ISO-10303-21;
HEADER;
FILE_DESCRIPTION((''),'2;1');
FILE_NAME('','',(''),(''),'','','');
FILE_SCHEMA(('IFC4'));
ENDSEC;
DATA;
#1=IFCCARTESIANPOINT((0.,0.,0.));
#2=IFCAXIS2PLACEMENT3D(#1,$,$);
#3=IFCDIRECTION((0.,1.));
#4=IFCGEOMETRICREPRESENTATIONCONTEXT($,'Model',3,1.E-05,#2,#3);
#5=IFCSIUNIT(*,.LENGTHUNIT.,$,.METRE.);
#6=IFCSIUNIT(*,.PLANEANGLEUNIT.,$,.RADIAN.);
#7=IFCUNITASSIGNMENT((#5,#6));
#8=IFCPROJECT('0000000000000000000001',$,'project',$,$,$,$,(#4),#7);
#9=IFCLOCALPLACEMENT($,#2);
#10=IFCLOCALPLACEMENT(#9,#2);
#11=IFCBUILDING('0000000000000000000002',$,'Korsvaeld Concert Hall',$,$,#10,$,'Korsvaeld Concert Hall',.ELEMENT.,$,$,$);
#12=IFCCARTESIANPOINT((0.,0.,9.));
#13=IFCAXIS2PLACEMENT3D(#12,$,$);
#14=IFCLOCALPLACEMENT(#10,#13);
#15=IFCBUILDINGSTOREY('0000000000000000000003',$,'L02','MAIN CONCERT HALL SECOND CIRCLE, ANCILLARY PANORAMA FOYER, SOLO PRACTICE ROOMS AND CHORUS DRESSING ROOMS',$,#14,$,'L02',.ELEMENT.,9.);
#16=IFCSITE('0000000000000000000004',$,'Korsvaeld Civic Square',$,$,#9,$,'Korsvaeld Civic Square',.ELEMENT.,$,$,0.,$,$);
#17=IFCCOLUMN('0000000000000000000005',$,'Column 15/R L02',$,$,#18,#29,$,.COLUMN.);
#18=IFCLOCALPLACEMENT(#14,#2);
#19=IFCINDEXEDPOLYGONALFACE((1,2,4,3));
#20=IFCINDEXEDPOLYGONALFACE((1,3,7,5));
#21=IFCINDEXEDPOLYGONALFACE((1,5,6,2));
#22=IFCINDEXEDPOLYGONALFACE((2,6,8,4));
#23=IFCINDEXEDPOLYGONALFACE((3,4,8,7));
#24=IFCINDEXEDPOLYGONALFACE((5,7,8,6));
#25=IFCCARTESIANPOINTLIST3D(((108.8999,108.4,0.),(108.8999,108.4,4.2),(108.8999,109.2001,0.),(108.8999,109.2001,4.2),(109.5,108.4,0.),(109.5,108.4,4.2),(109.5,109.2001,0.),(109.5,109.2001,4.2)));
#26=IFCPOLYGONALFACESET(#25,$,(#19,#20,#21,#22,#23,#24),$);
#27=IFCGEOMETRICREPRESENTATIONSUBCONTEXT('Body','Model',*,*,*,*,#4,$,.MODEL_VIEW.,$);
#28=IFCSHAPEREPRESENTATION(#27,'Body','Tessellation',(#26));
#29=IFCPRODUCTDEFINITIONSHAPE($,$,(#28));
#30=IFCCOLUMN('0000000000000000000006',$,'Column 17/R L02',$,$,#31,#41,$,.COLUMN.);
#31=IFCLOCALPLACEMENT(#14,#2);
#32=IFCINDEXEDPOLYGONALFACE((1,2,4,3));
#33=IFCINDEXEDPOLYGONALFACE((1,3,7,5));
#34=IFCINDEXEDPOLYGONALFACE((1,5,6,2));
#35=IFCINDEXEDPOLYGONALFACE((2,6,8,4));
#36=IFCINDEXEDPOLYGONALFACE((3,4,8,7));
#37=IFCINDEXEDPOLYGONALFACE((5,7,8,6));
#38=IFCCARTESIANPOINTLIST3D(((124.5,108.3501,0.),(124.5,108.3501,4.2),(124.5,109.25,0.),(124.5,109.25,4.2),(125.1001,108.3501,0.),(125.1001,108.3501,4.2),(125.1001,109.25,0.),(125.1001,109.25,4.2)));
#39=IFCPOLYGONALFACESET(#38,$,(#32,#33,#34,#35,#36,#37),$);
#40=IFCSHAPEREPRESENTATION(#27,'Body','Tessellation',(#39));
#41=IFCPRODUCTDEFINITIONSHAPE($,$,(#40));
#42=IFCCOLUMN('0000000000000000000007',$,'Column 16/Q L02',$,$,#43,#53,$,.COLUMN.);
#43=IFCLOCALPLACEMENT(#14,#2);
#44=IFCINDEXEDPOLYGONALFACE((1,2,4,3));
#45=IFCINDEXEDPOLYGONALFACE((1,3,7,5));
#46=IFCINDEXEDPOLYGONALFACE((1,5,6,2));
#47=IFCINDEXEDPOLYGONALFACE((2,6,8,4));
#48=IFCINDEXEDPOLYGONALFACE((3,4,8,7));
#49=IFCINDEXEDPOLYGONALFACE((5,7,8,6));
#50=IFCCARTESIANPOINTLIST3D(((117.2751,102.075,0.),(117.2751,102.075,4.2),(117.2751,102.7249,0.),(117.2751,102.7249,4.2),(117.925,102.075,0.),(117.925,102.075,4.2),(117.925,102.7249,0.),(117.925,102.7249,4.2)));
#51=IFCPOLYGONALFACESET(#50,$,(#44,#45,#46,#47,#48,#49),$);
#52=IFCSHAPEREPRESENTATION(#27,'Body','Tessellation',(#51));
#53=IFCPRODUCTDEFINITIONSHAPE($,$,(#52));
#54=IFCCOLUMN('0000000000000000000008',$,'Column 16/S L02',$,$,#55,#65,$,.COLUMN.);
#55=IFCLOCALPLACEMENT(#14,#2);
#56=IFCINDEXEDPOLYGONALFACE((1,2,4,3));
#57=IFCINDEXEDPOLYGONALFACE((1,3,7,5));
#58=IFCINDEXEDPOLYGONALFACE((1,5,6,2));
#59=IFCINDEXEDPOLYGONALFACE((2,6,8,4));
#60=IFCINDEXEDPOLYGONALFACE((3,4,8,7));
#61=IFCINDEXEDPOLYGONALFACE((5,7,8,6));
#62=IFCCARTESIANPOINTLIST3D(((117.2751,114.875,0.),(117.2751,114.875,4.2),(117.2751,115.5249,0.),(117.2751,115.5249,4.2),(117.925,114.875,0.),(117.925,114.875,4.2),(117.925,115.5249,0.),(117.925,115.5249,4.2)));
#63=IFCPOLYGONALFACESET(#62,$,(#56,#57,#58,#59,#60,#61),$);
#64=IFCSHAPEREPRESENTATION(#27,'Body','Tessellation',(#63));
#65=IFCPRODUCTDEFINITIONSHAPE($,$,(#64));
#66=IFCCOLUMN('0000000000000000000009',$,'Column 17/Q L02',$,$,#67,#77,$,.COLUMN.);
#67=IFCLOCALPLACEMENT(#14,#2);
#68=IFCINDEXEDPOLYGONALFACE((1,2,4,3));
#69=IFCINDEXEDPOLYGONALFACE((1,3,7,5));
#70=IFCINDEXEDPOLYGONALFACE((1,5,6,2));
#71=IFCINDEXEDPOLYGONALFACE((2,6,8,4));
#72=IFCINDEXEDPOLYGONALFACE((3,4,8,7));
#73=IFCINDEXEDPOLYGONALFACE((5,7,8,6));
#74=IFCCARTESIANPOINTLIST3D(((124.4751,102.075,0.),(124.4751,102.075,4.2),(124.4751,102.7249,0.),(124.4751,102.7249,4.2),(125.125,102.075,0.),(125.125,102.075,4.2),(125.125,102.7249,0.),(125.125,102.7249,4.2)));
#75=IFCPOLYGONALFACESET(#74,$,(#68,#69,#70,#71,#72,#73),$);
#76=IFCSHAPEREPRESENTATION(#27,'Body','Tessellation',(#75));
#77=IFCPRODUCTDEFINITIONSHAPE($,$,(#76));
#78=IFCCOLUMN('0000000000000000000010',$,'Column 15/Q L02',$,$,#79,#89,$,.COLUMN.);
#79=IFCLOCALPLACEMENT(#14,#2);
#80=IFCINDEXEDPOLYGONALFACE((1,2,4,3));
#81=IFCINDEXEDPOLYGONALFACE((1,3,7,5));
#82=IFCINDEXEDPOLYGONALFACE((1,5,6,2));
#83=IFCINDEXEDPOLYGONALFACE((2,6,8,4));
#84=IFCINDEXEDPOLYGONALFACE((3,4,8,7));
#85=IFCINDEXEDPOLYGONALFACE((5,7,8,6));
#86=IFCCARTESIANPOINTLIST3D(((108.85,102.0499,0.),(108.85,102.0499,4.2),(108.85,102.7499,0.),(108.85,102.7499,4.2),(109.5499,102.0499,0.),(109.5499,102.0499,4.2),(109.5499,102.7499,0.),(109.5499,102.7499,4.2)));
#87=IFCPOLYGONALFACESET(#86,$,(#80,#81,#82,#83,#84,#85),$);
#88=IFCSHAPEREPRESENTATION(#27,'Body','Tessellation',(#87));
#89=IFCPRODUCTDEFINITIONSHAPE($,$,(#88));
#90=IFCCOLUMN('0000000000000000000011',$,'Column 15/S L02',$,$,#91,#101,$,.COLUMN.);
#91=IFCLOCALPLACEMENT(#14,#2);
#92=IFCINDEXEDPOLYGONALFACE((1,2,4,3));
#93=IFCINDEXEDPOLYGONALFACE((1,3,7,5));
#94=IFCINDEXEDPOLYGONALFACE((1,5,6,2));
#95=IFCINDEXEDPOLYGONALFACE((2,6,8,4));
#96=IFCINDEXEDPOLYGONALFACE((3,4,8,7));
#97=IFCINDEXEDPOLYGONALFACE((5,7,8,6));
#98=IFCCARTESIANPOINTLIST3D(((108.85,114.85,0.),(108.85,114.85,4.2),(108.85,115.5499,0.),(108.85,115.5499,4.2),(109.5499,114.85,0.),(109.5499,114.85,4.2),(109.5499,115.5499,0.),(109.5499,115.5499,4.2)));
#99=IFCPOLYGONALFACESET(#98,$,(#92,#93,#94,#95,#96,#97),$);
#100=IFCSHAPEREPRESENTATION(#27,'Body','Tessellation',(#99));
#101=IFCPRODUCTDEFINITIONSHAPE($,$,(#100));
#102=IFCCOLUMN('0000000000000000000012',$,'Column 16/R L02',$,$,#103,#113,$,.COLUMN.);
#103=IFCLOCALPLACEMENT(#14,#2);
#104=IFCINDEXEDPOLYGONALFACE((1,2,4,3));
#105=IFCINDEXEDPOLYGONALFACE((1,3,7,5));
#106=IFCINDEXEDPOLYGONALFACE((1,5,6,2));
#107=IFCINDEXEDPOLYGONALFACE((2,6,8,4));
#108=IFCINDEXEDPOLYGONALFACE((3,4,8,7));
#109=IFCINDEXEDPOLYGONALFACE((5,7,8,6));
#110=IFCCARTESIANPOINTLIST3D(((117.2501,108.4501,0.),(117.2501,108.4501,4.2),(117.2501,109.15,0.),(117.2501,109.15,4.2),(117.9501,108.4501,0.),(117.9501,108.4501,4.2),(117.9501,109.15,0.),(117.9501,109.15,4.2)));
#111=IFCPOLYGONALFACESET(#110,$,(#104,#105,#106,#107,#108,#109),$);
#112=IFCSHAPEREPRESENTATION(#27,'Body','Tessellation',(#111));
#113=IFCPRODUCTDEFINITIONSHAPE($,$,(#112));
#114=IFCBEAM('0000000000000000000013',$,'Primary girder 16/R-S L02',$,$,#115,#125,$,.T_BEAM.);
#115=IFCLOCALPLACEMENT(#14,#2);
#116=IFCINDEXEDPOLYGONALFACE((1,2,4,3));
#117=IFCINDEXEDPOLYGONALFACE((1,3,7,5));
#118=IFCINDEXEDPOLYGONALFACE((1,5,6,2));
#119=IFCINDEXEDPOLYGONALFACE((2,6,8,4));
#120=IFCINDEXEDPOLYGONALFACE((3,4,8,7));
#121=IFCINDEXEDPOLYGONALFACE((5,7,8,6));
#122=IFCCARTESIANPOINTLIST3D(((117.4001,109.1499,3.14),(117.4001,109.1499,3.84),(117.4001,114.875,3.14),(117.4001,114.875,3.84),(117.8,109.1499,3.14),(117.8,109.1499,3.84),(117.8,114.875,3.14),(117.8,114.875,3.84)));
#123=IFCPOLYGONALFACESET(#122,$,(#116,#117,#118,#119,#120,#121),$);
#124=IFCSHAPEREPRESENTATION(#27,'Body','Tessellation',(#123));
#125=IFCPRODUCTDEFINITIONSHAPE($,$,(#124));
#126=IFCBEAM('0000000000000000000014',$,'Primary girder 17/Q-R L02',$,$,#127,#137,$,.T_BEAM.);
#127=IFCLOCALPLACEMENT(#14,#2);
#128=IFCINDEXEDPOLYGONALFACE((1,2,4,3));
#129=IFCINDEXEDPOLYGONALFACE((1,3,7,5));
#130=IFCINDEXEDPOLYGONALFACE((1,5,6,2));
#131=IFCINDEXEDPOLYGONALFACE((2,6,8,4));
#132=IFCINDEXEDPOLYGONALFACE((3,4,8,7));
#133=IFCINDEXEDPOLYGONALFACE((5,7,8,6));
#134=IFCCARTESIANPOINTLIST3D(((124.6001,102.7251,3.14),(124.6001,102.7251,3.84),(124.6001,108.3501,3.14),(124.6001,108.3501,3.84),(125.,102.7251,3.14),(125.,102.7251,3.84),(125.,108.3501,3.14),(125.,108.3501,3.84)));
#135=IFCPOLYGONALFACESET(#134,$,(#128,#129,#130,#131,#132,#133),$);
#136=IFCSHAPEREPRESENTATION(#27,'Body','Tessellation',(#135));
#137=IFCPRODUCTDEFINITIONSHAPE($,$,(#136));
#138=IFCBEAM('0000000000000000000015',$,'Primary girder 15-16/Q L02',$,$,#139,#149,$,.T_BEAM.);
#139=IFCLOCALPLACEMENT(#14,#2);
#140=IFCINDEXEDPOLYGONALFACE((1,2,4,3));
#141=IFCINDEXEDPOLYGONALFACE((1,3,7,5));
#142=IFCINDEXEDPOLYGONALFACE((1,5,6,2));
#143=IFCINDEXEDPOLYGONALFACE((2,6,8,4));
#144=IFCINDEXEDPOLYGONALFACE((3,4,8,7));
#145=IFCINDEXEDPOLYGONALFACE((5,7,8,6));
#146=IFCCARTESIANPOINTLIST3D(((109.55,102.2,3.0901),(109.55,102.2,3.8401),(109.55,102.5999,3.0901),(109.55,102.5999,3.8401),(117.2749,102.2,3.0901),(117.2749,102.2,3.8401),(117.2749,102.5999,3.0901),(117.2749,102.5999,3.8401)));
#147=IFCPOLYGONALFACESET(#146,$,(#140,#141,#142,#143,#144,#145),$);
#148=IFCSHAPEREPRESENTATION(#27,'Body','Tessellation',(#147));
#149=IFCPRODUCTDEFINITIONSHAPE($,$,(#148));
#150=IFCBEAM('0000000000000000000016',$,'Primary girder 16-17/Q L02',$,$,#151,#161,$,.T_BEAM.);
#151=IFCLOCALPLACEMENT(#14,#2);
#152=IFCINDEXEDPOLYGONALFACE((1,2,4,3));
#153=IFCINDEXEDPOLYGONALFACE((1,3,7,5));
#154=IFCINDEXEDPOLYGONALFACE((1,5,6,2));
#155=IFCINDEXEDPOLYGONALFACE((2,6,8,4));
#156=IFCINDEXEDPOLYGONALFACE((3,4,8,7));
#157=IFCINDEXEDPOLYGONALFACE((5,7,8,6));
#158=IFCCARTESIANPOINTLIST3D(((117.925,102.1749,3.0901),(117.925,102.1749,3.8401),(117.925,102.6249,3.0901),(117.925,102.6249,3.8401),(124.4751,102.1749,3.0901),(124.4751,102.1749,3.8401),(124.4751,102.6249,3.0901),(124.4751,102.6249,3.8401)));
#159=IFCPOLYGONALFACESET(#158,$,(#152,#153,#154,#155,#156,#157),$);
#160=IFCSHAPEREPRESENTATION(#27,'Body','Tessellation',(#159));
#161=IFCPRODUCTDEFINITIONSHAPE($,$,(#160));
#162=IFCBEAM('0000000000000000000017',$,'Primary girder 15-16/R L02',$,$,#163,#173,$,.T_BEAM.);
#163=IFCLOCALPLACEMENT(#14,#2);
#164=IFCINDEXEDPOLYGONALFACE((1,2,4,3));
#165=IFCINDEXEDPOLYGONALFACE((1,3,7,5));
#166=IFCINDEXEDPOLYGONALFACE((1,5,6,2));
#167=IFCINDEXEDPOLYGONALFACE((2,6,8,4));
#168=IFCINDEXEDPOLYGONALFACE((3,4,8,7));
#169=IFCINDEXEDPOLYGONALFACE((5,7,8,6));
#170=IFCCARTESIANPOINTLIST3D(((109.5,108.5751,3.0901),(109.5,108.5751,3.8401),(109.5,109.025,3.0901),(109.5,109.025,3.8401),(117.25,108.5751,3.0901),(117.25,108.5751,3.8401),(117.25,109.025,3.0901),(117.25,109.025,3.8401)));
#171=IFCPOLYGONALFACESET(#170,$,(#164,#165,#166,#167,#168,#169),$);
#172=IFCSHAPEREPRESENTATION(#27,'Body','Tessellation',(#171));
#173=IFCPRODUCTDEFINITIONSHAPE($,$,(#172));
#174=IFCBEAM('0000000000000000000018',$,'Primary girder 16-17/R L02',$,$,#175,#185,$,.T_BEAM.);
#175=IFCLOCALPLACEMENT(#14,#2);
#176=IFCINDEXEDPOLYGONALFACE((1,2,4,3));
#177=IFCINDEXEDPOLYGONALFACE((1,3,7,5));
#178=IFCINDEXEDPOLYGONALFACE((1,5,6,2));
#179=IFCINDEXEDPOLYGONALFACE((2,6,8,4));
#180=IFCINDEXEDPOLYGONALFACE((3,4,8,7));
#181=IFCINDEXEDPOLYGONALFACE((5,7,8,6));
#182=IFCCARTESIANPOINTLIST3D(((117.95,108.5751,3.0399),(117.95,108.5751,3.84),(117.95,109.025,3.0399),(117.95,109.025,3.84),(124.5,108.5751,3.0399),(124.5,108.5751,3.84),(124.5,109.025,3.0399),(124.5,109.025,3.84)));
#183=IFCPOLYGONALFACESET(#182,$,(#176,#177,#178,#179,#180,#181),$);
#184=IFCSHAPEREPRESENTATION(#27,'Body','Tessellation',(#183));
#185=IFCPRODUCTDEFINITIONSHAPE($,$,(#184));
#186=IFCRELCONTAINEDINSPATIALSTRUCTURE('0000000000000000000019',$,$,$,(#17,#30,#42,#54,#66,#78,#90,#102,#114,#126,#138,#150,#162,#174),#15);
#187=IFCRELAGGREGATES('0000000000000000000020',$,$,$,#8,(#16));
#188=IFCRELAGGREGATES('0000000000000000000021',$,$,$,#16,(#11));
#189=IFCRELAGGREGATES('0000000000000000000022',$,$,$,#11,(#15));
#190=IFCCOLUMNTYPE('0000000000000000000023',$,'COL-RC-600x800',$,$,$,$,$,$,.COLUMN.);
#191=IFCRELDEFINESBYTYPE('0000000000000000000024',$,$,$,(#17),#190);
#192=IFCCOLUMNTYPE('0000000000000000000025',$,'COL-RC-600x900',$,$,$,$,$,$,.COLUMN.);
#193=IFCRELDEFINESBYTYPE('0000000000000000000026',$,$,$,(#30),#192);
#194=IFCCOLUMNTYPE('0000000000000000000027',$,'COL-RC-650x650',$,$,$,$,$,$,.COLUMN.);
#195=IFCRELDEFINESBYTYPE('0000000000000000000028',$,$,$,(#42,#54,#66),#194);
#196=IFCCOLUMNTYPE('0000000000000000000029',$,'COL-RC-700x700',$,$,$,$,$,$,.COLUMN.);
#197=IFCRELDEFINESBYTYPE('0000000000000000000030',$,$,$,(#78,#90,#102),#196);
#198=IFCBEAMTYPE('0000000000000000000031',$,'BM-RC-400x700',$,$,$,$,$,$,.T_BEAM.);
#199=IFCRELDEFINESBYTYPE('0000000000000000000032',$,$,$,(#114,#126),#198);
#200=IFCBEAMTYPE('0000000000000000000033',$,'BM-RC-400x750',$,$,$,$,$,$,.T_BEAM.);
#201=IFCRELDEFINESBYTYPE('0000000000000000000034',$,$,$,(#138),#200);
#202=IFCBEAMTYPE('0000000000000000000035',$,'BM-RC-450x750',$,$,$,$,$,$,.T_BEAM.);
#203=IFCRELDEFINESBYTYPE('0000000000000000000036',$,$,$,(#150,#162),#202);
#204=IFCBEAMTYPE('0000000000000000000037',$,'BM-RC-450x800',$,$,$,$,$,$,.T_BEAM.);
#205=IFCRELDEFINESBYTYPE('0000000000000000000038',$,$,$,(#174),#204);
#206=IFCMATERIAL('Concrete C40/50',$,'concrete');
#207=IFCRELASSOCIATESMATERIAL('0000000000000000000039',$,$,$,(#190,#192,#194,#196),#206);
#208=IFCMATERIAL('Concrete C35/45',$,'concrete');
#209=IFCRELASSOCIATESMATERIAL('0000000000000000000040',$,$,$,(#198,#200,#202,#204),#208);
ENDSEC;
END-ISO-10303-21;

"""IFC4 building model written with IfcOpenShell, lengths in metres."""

from ifc_helpers import new_model, si_unit, direction, frame, origin, origin_2d, place, context, subcontext, project, spatial, rectangle, extrude, material, material_profile, profile_set, type_object, element, save


model = new_model("IFC4")

# Units and contexts
model_context = context("Model", 3, precision=1e-05, world=origin(), true_north=direction((0.0, 1.0)))
body_context = subcontext(model_context, "Body", "Model", "MODEL_VIEW")
ifc_project = project(units=[si_unit("LENGTHUNIT", "METRE"), si_unit("PLANEANGLEUNIT", "RADIAN")], contexts=[model_context])

# Site, building, storey
site_placement = place(None, origin())
site = spatial("IfcSite", under=ifc_project, at=site_placement, Name="Korsvaeld Civic Square", LongName="Korsvaeld Civic Square", CompositionType="ELEMENT", RefElevation=0.0)
building_placement = place(site_placement, origin())
building = spatial("IfcBuilding", under=site, at=building_placement, Name="Korsvaeld Concert Hall", LongName="Korsvaeld Concert Hall", CompositionType="ELEMENT")
storey_placement = place(building_placement, frame((0.0, 0.0, 9.0)))
storey = spatial("IfcBuildingStorey", under=building, at=storey_placement, Name="L02", Description="MAIN CONCERT HALL SECOND CIRCLE, ANCILLARY PANORAMA FOYER, SOLO PRACTICE ROOMS AND CHORUS DRESSING ROOMS", LongName="L02", CompositionType="ELEMENT", Elevation=9.0)

# Columns
ifc_material_1 = material(Name="Concrete C40/50", Category="concrete")
ifc_material_profile_1 = material_profile(ifc_material_1, rectangle(XDim=0.6001, YDim=0.8, at=origin_2d()), Name="RC 600x800")
ifc_profile_set_1 = profile_set([ifc_material_profile_1], Name="Concrete C40/50")
column_type_1 = type_object("IfcColumnType", Name="COL-RC-600x800", PredefinedType="COLUMN", material=ifc_profile_set_1)
column_1_placement = place(storey_placement, frame((109.2, 108.8, 0.0), z_axis=(0.0, 0.0, 1.0), x_axis=(1.0, 0.0, 0.0)))
element("IfcColumn", 1, at=column_1_placement, inside=storey, type_object=column_type_1, Name="Column 15/R L02", PredefinedType="COLUMN", context=body_context, shape_type="SweptSolid", body=[
    extrude(rectangle(XDim=0.6001, YDim=0.8, at=origin_2d()), origin(), (0.0, 0.0, 1.0), 4.2),
])
ifc_material_profile_2 = material_profile(ifc_material_1, rectangle(XDim=0.6001, YDim=0.8999, at=origin_2d()), Name="RC 600x900")
ifc_profile_set_2 = profile_set([ifc_material_profile_2], Name="Concrete C40/50")
column_type_2 = type_object("IfcColumnType", Name="COL-RC-600x900", PredefinedType="COLUMN", material=ifc_profile_set_2)
column_2_placement = place(storey_placement, frame((124.8, 108.8, 0.0), z_axis=(0.0, 0.0, 1.0), x_axis=(1.0, 0.0, 0.0)))
element("IfcColumn", 2, at=column_2_placement, inside=storey, type_object=column_type_2, Name="Column 17/R L02", PredefinedType="COLUMN", context=body_context, shape_type="SweptSolid", body=[
    extrude(rectangle(XDim=0.6001, YDim=0.8999, at=origin_2d()), origin(), (0.0, 0.0, 1.0), 4.2),
])
ifc_material_profile_3 = material_profile(ifc_material_1, rectangle(XDim=0.6499, YDim=0.6499, at=origin_2d()), Name="RC 650x650")
ifc_profile_set_3 = profile_set([ifc_material_profile_3], Name="Concrete C40/50")
column_type_3 = type_object("IfcColumnType", Name="COL-RC-650x650", PredefinedType="COLUMN", material=ifc_profile_set_3)
for number, where, z_axis, x_axis, name in (
    (3, (117.6001, 102.3999, 0.0), (0.0, 0.0, 1.0), (1.0, 0.0, 0.0), "Column 16/Q L02"),
    (4, (117.6001, 115.2, 0.0), (0.0, 0.0, 1.0), (1.0, 0.0, 0.0), "Column 16/S L02"),
    (5, (124.8, 102.3999, 0.0), (0.0, 0.0, 1.0), (1.0, 0.0, 0.0), "Column 17/Q L02"),
):
    element("IfcColumn", number, at=place(storey_placement, frame(where, z_axis=z_axis, x_axis=x_axis)), inside=storey, type_object=column_type_3, Name=name, PredefinedType="COLUMN", context=body_context, shape_type="SweptSolid", body=[
        extrude(rectangle(XDim=0.6499, YDim=0.6499, at=origin_2d()), origin(), (0.0, 0.0, 1.0), 4.2),
    ])
ifc_material_profile_4 = material_profile(ifc_material_1, rectangle(XDim=0.7, YDim=0.7, at=origin_2d()), Name="RC 700x700")
ifc_profile_set_4 = profile_set([ifc_material_profile_4], Name="Concrete C40/50")
column_type_4 = type_object("IfcColumnType", Name="COL-RC-700x700", PredefinedType="COLUMN", material=ifc_profile_set_4)
for number, where, z_axis, x_axis, name in (
    (6, (109.2, 102.3999, 0.0), (0.0, 0.0, 1.0), (1.0, 0.0, 0.0), "Column 15/Q L02"),
    (7, (109.2, 115.2, 0.0), (0.0, 0.0, 1.0), (1.0, 0.0, 0.0), "Column 15/S L02"),
    (8, (117.6001, 108.8, 0.0), (0.0, 0.0, 1.0), (1.0, 0.0, 0.0), "Column 16/R L02"),
):
    element("IfcColumn", number, at=place(storey_placement, frame(where, z_axis=z_axis, x_axis=x_axis)), inside=storey, type_object=column_type_4, Name=name, PredefinedType="COLUMN", context=body_context, shape_type="SweptSolid", body=[
        extrude(rectangle(XDim=0.7, YDim=0.7, at=origin_2d()), origin(), (0.0, 0.0, 1.0), 4.2),
    ])

# Beams
ifc_material_2 = material(Name="Concrete C35/45", Category="concrete")
ifc_material_profile_5 = material_profile(ifc_material_2, rectangle(XDim=0.3999, YDim=0.7, at=origin_2d()), Name="RC 400x700")
ifc_profile_set_5 = profile_set([ifc_material_profile_5], Name="Concrete C35/45")
beam_type_1 = type_object("IfcBeamType", Name="BM-RC-400x700", PredefinedType="T_BEAM", material=ifc_profile_set_5)
beam_1_placement = place(storey_placement, frame((117.6001, 109.1499, 3.49), z_axis=(0.0, 1.0, 0.0), x_axis=(-1.0, 0.0, 0.0)))
element("IfcBeam", 9, at=beam_1_placement, inside=storey, type_object=beam_type_1, Name="Primary girder 16/R-S L02", PredefinedType="T_BEAM", context=body_context, shape_type="SweptSolid", body=[
    extrude(rectangle(XDim=0.3999, YDim=0.7, at=origin_2d()), origin(), (0.0, 0.0, 1.0), 5.7251),
])
beam_2_placement = place(storey_placement, frame((124.8, 102.7251, 3.49), z_axis=(0.0, 1.0, 0.0), x_axis=(-1.0, 0.0, 0.0)))
element("IfcBeam", 10, at=beam_2_placement, inside=storey, type_object=beam_type_1, Name="Primary girder 17/Q-R L02", PredefinedType="T_BEAM", context=body_context, shape_type="SweptSolid", body=[
    extrude(rectangle(XDim=0.3999, YDim=0.7, at=origin_2d()), origin(), (0.0, 0.0, 1.0), 5.625),
])
ifc_material_profile_6 = material_profile(ifc_material_2, rectangle(XDim=0.3999, YDim=0.75, at=origin_2d()), Name="RC 400x750")
ifc_profile_set_6 = profile_set([ifc_material_profile_6], Name="Concrete C35/45")
beam_type_2 = type_object("IfcBeamType", Name="BM-RC-400x750", PredefinedType="T_BEAM", material=ifc_profile_set_6)
beam_3_placement = place(storey_placement, frame((109.55, 102.3999, 3.4651), z_axis=(1.0, 0.0, 0.0), x_axis=(0.0, 1.0, 0.0)))
element("IfcBeam", 11, at=beam_3_placement, inside=storey, type_object=beam_type_2, Name="Primary girder 15-16/Q L02", PredefinedType="T_BEAM", context=body_context, shape_type="SweptSolid", body=[
    extrude(rectangle(XDim=0.3999, YDim=0.75, at=origin_2d()), origin(), (0.0, 0.0, 1.0), 7.7249),
])
ifc_material_profile_7 = material_profile(ifc_material_2, rectangle(XDim=0.45, YDim=0.75, at=origin_2d()), Name="RC 450x750")
ifc_profile_set_7 = profile_set([ifc_material_profile_7], Name="Concrete C35/45")
beam_type_3 = type_object("IfcBeamType", Name="BM-RC-450x750", PredefinedType="T_BEAM", material=ifc_profile_set_7)
beam_4_placement = place(storey_placement, frame((117.925, 102.3999, 3.4651), z_axis=(1.0, 0.0, 0.0), x_axis=(0.0, 1.0, 0.0)))
element("IfcBeam", 12, at=beam_4_placement, inside=storey, type_object=beam_type_3, Name="Primary girder 16-17/Q L02", PredefinedType="T_BEAM", context=body_context, shape_type="SweptSolid", body=[
    extrude(rectangle(XDim=0.45, YDim=0.75, at=origin_2d()), origin(), (0.0, 0.0, 1.0), 6.55),
])
beam_5_placement = place(storey_placement, frame((109.5, 108.8, 3.4651), z_axis=(1.0, 0.0, 0.0), x_axis=(0.0, 1.0, 0.0)))
element("IfcBeam", 13, at=beam_5_placement, inside=storey, type_object=beam_type_3, Name="Primary girder 15-16/R L02", PredefinedType="T_BEAM", context=body_context, shape_type="SweptSolid", body=[
    extrude(rectangle(XDim=0.45, YDim=0.75, at=origin_2d()), origin(), (0.0, 0.0, 1.0), 7.75),
])
ifc_material_profile_8 = material_profile(ifc_material_2, rectangle(XDim=0.45, YDim=0.8, at=origin_2d()), Name="RC 450x800")
ifc_profile_set_8 = profile_set([ifc_material_profile_8], Name="Concrete C35/45")
beam_type_4 = type_object("IfcBeamType", Name="BM-RC-450x800", PredefinedType="T_BEAM", material=ifc_profile_set_8)
beam_6_placement = place(storey_placement, frame((117.95, 108.8, 3.4399), z_axis=(1.0, 0.0, 0.0), x_axis=(0.0, 1.0, 0.0)))
element("IfcBeam", 14, at=beam_6_placement, inside=storey, type_object=beam_type_4, Name="Primary girder 16-17/R L02", PredefinedType="T_BEAM", context=body_context, shape_type="SweptSolid", body=[
    extrude(rectangle(XDim=0.45, YDim=0.8, at=origin_2d()), origin(), (0.0, 0.0, 1.0), 6.55),
])

save(model, "model.ifc")
